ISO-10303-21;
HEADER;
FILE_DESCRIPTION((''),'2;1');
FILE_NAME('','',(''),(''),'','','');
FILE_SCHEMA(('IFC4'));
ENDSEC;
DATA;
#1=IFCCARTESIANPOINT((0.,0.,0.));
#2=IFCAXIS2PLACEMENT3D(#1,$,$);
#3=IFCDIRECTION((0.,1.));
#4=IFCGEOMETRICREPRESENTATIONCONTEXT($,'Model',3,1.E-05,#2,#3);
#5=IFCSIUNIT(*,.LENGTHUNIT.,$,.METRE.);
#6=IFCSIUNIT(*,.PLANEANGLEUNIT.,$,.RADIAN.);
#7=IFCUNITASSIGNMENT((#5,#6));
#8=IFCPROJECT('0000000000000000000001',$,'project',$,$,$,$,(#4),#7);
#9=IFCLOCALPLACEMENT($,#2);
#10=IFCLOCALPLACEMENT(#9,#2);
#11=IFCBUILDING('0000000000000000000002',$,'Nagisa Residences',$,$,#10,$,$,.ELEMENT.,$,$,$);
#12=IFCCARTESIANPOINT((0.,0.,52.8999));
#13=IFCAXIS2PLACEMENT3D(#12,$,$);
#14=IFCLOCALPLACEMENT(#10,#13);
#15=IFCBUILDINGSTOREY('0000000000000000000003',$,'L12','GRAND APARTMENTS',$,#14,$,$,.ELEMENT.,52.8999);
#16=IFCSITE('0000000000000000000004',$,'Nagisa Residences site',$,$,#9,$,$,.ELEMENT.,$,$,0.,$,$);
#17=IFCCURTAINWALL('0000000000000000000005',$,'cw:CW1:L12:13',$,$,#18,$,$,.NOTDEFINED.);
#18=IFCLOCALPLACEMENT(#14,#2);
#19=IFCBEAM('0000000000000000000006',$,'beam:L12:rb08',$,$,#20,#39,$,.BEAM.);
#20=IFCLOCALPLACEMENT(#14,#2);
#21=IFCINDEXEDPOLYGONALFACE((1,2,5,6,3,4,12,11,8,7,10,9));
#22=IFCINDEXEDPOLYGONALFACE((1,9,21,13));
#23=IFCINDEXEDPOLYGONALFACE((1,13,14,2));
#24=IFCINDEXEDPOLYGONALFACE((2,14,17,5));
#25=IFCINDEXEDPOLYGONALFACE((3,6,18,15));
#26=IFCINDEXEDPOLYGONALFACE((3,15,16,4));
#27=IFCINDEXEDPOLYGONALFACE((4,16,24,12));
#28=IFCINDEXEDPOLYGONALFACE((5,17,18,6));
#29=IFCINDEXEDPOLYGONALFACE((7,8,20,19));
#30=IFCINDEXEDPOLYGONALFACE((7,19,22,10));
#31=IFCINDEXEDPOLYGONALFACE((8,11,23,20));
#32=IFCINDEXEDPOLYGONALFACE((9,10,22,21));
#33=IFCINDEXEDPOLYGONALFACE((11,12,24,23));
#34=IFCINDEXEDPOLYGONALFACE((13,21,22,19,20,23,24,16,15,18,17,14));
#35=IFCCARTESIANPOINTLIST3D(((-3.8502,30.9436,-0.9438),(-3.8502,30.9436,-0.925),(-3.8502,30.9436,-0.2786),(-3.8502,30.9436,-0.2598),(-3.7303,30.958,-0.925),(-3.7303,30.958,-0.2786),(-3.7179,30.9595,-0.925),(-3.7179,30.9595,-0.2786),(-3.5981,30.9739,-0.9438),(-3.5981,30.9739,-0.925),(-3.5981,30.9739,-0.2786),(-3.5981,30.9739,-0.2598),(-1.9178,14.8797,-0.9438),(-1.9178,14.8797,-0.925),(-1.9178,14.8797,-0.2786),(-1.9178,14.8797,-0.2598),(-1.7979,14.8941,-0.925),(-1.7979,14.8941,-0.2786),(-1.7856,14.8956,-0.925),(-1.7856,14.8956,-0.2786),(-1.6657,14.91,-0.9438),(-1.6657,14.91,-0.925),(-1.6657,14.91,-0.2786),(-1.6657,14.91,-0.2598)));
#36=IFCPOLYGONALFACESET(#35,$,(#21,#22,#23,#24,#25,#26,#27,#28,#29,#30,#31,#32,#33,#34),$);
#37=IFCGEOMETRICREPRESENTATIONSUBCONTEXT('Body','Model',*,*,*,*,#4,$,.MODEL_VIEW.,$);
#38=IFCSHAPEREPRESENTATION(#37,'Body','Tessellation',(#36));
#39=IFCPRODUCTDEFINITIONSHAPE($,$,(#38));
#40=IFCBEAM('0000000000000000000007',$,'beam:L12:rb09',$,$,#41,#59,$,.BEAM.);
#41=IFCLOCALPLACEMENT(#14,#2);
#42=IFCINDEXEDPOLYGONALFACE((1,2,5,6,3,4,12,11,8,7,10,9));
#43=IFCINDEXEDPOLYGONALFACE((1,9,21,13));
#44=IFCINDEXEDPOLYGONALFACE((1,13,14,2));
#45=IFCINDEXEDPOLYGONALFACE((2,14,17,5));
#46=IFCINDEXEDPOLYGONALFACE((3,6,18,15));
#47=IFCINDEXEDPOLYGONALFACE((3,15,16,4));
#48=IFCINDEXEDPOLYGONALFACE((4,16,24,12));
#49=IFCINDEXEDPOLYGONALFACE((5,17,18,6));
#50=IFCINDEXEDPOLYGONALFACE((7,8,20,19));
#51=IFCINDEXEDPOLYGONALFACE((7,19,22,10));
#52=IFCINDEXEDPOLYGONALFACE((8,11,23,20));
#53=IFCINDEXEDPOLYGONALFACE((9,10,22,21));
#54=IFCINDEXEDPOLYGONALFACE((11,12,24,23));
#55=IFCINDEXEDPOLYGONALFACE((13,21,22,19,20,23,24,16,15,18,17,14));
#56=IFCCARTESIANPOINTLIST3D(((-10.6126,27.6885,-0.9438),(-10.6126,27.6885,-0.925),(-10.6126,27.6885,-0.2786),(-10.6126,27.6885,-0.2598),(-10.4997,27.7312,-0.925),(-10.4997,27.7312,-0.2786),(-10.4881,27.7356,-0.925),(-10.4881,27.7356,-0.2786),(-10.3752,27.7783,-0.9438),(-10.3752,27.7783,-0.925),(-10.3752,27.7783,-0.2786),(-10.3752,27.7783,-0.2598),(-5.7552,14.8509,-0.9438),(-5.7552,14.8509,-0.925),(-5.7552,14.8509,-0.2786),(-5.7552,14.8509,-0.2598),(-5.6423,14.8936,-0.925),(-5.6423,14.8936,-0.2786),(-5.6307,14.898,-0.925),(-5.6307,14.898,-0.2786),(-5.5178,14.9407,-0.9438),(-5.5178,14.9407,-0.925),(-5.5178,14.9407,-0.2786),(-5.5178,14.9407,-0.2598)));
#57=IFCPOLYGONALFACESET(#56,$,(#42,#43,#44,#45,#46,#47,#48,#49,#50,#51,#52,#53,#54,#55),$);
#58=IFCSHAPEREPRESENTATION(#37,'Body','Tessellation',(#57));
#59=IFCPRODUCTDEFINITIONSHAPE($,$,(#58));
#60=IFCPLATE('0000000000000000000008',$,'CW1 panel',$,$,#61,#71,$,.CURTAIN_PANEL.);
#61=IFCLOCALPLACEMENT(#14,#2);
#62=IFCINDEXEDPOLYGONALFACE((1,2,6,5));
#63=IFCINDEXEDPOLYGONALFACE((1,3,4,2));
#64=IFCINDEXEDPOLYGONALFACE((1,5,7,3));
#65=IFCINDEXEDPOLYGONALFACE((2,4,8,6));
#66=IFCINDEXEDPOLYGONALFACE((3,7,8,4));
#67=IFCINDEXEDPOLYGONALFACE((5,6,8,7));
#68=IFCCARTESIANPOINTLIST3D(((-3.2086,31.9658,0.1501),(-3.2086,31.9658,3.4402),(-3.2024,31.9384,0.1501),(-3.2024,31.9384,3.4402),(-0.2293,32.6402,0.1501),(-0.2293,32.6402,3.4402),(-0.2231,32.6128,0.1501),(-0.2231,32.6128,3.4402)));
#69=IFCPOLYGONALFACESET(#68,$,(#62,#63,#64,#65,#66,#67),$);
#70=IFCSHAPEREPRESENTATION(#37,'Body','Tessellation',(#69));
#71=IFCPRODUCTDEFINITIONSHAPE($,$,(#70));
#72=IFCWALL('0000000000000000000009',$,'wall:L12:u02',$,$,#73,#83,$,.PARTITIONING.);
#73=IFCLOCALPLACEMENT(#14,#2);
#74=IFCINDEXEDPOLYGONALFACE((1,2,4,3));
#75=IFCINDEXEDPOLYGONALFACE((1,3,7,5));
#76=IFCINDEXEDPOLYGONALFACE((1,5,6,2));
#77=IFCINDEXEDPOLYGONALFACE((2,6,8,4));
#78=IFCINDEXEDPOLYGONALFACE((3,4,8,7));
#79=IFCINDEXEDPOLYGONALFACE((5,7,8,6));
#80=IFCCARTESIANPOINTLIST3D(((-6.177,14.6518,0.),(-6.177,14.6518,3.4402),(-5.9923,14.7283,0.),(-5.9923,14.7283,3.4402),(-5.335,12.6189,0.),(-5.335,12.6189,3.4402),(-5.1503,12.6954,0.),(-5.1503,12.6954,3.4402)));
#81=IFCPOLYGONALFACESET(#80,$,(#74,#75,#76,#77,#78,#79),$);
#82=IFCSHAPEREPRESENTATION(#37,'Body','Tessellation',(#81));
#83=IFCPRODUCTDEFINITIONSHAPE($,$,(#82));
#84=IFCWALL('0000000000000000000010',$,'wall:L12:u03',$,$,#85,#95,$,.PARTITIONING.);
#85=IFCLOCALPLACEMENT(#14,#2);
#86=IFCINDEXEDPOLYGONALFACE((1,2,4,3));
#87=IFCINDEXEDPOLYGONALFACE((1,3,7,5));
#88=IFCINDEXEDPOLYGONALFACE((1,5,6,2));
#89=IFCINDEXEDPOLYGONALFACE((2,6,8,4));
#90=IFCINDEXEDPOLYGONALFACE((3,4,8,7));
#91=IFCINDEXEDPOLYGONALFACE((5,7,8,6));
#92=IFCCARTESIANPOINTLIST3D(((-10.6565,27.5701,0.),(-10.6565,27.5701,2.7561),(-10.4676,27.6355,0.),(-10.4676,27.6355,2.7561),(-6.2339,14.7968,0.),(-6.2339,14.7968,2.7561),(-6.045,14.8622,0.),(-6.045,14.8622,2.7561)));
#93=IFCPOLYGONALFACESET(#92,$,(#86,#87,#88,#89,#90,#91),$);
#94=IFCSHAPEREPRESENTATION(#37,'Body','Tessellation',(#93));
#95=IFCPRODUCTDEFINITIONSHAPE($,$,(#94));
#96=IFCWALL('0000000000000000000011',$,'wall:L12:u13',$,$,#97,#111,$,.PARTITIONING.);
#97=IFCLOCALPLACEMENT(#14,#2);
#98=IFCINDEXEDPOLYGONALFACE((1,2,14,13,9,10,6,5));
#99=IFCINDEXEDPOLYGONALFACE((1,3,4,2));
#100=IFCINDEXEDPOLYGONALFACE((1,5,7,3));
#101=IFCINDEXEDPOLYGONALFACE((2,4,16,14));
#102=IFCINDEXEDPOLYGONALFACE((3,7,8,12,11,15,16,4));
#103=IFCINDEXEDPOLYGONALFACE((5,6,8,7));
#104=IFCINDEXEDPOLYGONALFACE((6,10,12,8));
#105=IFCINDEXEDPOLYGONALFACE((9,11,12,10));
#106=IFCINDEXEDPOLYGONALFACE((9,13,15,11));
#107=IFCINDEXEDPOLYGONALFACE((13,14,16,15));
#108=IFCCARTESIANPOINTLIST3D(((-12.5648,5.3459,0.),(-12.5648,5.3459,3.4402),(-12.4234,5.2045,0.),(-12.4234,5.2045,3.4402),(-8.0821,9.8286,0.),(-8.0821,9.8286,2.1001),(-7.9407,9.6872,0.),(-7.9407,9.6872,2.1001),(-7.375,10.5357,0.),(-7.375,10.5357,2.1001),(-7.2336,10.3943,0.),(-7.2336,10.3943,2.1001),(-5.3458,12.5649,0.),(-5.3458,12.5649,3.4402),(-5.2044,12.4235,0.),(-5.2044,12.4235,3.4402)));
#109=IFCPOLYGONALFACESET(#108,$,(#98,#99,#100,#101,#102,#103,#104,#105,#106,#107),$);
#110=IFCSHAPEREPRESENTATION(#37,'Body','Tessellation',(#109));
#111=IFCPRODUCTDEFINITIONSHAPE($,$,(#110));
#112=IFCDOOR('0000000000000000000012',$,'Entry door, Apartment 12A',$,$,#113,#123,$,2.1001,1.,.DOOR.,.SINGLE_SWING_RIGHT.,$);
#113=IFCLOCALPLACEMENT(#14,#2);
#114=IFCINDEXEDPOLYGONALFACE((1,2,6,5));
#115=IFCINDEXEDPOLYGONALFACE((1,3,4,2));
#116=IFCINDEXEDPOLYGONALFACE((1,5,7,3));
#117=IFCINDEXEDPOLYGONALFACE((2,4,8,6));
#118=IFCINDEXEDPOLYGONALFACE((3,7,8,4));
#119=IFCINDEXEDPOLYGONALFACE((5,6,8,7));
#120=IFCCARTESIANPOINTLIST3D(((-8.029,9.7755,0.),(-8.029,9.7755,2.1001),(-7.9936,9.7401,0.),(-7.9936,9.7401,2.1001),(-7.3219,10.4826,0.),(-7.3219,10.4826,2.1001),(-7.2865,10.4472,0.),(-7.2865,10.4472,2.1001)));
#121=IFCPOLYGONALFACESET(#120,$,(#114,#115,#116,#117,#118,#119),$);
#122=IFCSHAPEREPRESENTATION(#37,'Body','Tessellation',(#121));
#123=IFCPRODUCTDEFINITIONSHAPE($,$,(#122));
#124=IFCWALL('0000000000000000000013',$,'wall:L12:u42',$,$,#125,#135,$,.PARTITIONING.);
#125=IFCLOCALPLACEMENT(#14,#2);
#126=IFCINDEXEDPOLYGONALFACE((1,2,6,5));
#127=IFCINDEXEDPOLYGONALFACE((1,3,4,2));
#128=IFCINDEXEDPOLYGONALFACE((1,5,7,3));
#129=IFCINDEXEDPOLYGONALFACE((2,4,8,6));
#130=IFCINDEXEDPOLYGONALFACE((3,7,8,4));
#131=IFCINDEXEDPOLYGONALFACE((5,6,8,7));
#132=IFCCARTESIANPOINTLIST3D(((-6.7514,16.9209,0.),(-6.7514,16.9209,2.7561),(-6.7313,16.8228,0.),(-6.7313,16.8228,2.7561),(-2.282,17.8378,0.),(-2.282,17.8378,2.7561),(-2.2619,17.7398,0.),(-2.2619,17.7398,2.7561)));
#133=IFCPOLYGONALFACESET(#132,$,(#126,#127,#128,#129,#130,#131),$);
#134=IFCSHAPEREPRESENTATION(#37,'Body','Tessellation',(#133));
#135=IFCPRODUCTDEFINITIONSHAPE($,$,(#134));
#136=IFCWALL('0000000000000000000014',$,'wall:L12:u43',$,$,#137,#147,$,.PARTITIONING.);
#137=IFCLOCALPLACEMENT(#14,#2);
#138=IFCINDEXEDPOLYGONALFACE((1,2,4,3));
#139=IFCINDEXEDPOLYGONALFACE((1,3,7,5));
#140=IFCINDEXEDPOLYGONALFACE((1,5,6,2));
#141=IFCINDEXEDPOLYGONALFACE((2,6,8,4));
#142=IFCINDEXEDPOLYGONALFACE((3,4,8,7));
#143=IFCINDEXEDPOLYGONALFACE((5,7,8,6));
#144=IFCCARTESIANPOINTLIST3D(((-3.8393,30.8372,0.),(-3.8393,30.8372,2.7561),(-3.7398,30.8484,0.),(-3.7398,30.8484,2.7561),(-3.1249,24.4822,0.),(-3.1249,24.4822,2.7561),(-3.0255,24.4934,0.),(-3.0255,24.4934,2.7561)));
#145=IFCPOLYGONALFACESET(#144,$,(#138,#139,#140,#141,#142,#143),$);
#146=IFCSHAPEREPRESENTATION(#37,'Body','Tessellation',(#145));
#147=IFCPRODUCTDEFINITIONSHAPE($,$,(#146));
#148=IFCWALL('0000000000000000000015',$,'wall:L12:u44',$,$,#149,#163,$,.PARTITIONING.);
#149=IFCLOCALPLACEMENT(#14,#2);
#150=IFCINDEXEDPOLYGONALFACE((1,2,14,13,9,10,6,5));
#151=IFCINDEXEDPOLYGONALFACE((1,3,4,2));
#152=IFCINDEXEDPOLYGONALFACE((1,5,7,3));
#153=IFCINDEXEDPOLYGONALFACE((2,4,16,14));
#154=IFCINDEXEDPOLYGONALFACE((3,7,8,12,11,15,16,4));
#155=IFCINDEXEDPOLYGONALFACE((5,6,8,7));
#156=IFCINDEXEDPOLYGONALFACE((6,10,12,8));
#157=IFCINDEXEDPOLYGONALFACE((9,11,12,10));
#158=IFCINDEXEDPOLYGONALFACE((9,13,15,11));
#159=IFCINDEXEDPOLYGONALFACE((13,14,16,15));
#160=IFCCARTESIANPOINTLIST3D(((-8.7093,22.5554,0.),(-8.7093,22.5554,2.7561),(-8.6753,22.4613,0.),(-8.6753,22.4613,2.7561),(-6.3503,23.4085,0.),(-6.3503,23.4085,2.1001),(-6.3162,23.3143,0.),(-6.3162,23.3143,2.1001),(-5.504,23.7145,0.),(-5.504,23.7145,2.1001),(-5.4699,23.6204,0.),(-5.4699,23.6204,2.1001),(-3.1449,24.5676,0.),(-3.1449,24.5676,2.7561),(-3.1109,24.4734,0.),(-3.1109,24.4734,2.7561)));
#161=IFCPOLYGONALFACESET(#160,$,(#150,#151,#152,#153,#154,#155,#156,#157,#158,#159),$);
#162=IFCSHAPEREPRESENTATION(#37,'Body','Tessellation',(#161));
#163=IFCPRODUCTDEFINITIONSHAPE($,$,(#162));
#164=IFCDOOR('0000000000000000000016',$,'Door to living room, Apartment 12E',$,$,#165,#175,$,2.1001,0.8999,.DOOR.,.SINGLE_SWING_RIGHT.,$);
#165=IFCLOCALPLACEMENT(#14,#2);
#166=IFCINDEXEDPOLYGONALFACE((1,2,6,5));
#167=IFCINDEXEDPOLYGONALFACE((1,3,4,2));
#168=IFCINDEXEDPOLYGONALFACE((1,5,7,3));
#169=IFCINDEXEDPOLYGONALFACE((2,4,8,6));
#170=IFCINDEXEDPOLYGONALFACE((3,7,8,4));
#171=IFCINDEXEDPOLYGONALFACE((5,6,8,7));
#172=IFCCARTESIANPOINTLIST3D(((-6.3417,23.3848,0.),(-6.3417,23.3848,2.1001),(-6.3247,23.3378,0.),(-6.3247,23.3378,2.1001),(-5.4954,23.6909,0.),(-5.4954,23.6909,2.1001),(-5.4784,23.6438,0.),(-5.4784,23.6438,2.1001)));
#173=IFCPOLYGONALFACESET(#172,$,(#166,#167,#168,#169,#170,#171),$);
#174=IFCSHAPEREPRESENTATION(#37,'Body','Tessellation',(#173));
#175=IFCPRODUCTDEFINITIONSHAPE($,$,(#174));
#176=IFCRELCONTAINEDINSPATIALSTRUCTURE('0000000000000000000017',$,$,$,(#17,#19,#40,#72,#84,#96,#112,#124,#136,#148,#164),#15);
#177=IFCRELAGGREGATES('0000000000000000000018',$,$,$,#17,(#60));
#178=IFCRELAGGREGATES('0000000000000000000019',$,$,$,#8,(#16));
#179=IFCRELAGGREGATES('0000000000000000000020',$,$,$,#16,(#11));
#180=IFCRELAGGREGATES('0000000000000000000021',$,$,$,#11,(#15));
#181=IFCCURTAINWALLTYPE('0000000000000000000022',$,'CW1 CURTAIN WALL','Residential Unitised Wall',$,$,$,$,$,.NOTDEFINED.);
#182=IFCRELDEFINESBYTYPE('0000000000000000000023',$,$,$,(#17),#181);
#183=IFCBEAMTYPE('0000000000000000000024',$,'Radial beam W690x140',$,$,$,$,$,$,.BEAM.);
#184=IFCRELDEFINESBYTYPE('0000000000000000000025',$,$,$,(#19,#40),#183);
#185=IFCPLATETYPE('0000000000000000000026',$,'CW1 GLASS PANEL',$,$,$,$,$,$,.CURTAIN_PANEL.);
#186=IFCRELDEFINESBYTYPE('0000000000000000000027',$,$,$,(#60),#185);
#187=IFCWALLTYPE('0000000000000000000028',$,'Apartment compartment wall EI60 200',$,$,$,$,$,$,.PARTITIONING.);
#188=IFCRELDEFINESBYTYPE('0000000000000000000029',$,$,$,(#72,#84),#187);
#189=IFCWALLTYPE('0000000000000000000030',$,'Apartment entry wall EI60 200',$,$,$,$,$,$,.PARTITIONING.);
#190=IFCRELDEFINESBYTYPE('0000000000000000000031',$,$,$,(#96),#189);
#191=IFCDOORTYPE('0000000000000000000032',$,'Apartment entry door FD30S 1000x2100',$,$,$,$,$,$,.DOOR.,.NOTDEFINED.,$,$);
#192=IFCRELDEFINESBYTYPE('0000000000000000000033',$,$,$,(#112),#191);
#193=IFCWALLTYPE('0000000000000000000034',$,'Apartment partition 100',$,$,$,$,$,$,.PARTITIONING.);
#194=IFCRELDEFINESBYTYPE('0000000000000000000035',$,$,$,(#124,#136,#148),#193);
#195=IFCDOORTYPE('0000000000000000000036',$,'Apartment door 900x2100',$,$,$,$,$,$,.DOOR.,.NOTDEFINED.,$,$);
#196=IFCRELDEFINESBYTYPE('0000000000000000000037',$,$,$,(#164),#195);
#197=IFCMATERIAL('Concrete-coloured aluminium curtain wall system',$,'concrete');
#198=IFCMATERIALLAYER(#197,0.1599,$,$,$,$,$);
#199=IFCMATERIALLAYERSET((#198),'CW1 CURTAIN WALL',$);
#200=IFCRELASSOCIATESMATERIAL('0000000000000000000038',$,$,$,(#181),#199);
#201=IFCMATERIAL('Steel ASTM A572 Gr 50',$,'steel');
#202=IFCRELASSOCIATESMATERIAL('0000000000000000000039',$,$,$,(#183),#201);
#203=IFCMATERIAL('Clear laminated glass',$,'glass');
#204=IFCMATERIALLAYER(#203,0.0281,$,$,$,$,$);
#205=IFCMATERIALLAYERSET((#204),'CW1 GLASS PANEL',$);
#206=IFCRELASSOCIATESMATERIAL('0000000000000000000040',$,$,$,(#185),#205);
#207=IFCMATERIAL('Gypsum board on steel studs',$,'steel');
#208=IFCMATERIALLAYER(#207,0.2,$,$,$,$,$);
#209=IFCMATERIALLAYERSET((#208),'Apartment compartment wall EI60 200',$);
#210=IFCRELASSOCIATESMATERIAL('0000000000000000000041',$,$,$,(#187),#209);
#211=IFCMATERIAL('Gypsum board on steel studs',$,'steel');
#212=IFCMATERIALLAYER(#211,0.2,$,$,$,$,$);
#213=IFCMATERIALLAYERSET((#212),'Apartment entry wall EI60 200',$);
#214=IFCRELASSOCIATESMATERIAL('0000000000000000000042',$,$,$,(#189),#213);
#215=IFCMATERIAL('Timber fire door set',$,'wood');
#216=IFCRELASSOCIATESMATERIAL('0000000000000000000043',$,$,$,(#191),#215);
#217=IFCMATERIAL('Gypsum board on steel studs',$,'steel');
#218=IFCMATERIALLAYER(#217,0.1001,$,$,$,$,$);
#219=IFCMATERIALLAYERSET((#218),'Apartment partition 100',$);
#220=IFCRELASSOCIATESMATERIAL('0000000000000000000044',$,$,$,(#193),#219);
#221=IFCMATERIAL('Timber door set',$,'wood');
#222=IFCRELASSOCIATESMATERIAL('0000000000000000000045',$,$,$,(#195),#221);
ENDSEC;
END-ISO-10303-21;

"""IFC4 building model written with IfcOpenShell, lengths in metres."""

from ifc_helpers import new_model, si_unit, direction, frame, frame_2d, origin, origin_2d, place, context, subcontext, project, spatial, rectangle, i_section, extrude, material, layer, layer_set, material_profile, profile_set, type_object, element, fill, aggregate, save


model = new_model("IFC4")

# Units and contexts
model_context = context("Model", 3, precision=1e-05, world=origin(), true_north=direction((0.0, 1.0)))
body_context = subcontext(model_context, "Body", "Model", "MODEL_VIEW")
ifc_project = project(units=[si_unit("LENGTHUNIT", "METRE"), si_unit("PLANEANGLEUNIT", "RADIAN")], contexts=[model_context])

# Site, building, storey
site_placement = place(None, origin())
site = spatial("IfcSite", under=ifc_project, at=site_placement, Name="Nagisa Residences site", CompositionType="ELEMENT", RefElevation=0.0)
building_placement = place(site_placement, origin())
building = spatial("IfcBuilding", under=site, at=building_placement, Name="Nagisa Residences", CompositionType="ELEMENT")
storey_placement = place(building_placement, frame((0.0, 0.0, 52.8999)))
storey = spatial("IfcBuildingStorey", under=building, at=storey_placement, Name="L12", Description="GRAND APARTMENTS", CompositionType="ELEMENT", Elevation=52.8999)

# Curtain wall
ifc_material_1 = material(Name="Concrete-coloured aluminium curtain wall system", Category="concrete")
ifc_layer_1 = layer(ifc_material_1, 0.1599)
ifc_layer_set_1 = layer_set([ifc_layer_1], Name="CW1 CURTAIN WALL")
curtain_wall_type = type_object("IfcCurtainWallType", Name="CW1 CURTAIN WALL", Description="Residential Unitised Wall", PredefinedType="NOTDEFINED", material=ifc_layer_set_1)
curtain_wall_1_placement = place(storey_placement, origin())
curtain_wall_1 = element("IfcCurtainWall", 1, at=curtain_wall_1_placement, inside=storey, type_object=curtain_wall_type, Name="cw:CW1:L12:13", PredefinedType="NOTDEFINED")

# Beams
ifc_material_2 = material(Name="Steel ASTM A572 Gr 50", Category="steel")
ifc_material_profile_1 = material_profile(ifc_material_2, i_section(OverallWidth=0.2539, OverallDepth=0.6841, WebThickness=0.0125, FlangeThickness=0.0188, at=origin_2d()), Name="W690x140")
ifc_profile_set_1 = profile_set([ifc_material_profile_1], Name="Steel ASTM A572 Gr 50")
beam_type_1 = type_object("IfcBeamType", Name="Radial beam W690x140", PredefinedType="BEAM", material=ifc_profile_set_1)
beam_1_placement = place(storey_placement, frame((-3.7241, 30.9587, -0.6018), z_axis=(0.119431, -0.992842, 0.0), x_axis=(0.992842, 0.119431, 0.0)))
element("IfcBeam", 2, at=beam_1_placement, inside=storey, type_object=beam_type_1, Name="beam:L12:rb08", PredefinedType="BEAM", context=body_context, shape_type="SweptSolid", body=[
    extrude(i_section(OverallWidth=0.2539, OverallDepth=0.6841, WebThickness=0.0125, FlangeThickness=0.0188, at=origin_2d()), origin(), (0.0, 0.0, 1.0), 16.1797),
])
beam_2_placement = place(storey_placement, frame((-10.4939, 27.7334, -0.6018), z_axis=(0.353888, -0.935288, 0.0), x_axis=(0.935288, 0.353888, 0.0)))
element("IfcBeam", 3, at=beam_2_placement, inside=storey, type_object=beam_type_1, Name="beam:L12:rb09", PredefinedType="BEAM", context=body_context, shape_type="SweptSolid", body=[
    extrude(i_section(OverallWidth=0.2539, OverallDepth=0.6841, WebThickness=0.0125, FlangeThickness=0.0188, at=origin_2d()), origin(), (0.0, 0.0, 1.0), 13.7258),
])

# Plate
ifc_material_3 = material(Name="Clear laminated glass", Category="glass")
ifc_layer_2 = layer(ifc_material_3, 0.0281)
ifc_layer_set_2 = layer_set([ifc_layer_2], Name="CW1 GLASS PANEL")
plate_type = type_object("IfcPlateType", Name="CW1 GLASS PANEL", PredefinedType="CURTAIN_PANEL", material=ifc_layer_set_2)
plate_placement = place(storey_placement, frame((-1.7158, 32.2893, 0.1501), z_axis=(0.0, 0.0, 1.0), x_axis=(-0.975327, -0.220764, 0.0)))
plate = element("IfcPlate", 4, at=plate_placement, type_object=plate_type, Name="CW1 panel", PredefinedType="CURTAIN_PANEL", context=body_context, shape_type="SweptSolid", body=[
    extrude(rectangle(XDim=3.0547, YDim=0.0281, at=origin_2d()), origin(), (0.0, 0.0, 1.0), 3.29),
])
aggregate(curtain_wall_1, [plate])

# Walls
ifc_material_4 = material(Name="Gypsum board on steel studs", Category="steel")
ifc_layer_3 = layer(ifc_material_4, 0.2)
ifc_layer_set_3 = layer_set([ifc_layer_3], Name="Apartment compartment wall EI60 200")
wall_type_1 = type_object("IfcWallType", Name="Apartment compartment wall EI60 200", PredefinedType="PARTITIONING", material=ifc_layer_set_3)
wall_1_placement = place(storey_placement, frame((-5.2427, 12.6572, 0.0), z_axis=(0.0, 0.0, 1.0), x_axis=(-0.382669, 0.923886, 0.0)))
element("IfcWall", 5, at=wall_1_placement, inside=storey, type_object=wall_type_1, Name="wall:L12:u02", PredefinedType="PARTITIONING", context=body_context, shape_type="SweptSolid", body=[
    extrude(rectangle(XDim=2.2004, YDim=0.2, at=frame_2d((1.1001, 0.0))), origin(), (0.0, 0.0, 1.0), 3.4402),
])
wall_2_placement = place(storey_placement, frame((-6.1394, 14.8293, 0.0), z_axis=(0.0, 0.0, 1.0), x_axis=(-0.327179, 0.944962, 0.0)))
element("IfcWall", 6, at=wall_2_placement, inside=storey, type_object=wall_type_1, Name="wall:L12:u03", PredefinedType="PARTITIONING", context=body_context, shape_type="SweptSolid", body=[
    extrude(rectangle(XDim=13.5173, YDim=0.2, at=frame_2d((6.7588, 0.0))), origin(), (0.0, 0.0, 1.0), 2.7561),
])

# Wall, opening, door
ifc_material_5 = material(Name="Gypsum board on steel studs", Category="steel")
ifc_layer_4 = layer(ifc_material_5, 0.2)
ifc_layer_set_4 = layer_set([ifc_layer_4], Name="Apartment entry wall EI60 200")
wall_type_2 = type_object("IfcWallType", Name="Apartment entry wall EI60 200", PredefinedType="PARTITIONING", material=ifc_layer_set_4)
wall_3_placement = place(storey_placement, frame((-5.2751, 12.4941, 0.0), z_axis=(0.0, 0.0, 1.0), x_axis=(-0.707107, -0.707107, 0.0)))
wall_3 = element("IfcWall", 7, at=wall_3_placement, inside=storey, type_object=wall_type_2, Name="wall:L12:u13", PredefinedType="PARTITIONING", context=body_context, shape_type="SweptSolid", body=[
    extrude(rectangle(XDim=10.2092, YDim=0.2, at=frame_2d((5.1045, 0.0))), origin(), (0.0, 0.0, 1.0), 3.4402),
])
opening_1_placement = place(wall_3_placement, frame((2.8696, 0.0, 0.0)))
opening_1 = element("IfcOpeningElement", 8, at=opening_1_placement, cuts=wall_3, PredefinedType="OPENING", context=body_context, shape_type="SweptSolid", body=[
    extrude(rectangle(XDim=1.0, YDim=2.1001, at=frame_2d((0.5, 1.05))), frame((0.0, 0.1099, 0.0), z_axis=(0.0, -1.0, 0.0), x_axis=(1.0, 0.0, 0.0)), (0.0, 0.0, 1.0), 0.22),
])
ifc_material_6 = material(Name="Timber fire door set", Category="wood")
door_type_1 = type_object("IfcDoorType", Name="Apartment entry door FD30S 1000x2100", OperationType="NOTDEFINED", PredefinedType="DOOR", material=ifc_material_6)
door_1_placement = place(opening_1_placement, frame((1.0, 0.0, 0.0), x_axis=(-1.0, 0.0, 0.0)))
door_1 = element("IfcDoor", 9, at=door_1_placement, inside=storey, type_object=door_type_1, Name="Entry door, Apartment 12A", OperationType="SINGLE_SWING_RIGHT", OverallHeight=2.1001, OverallWidth=1.0, PredefinedType="DOOR", context=body_context, shape_type="SweptSolid", body=[
    extrude(rectangle(XDim=1.0, YDim=2.1001, at=frame_2d((0.5, 1.05))), frame((0.0, 0.0249, 0.0), z_axis=(0.0, -1.0, 0.0), x_axis=(1.0, 0.0, 0.0)), (0.0, 0.0, 1.0), 0.05),
])
fill(opening_1, door_1)

# Walls
ifc_material_7 = material(Name="Gypsum board on steel studs", Category="steel")
ifc_layer_5 = layer(ifc_material_7, 0.1001)
ifc_layer_set_5 = layer_set([ifc_layer_5], Name="Apartment partition 100")
wall_type_3 = type_object("IfcWallType", Name="Apartment partition 100", PredefinedType="PARTITIONING", material=ifc_layer_set_5)
wall_4_placement = place(storey_placement, frame((-2.272, 17.7888, 0.0), z_axis=(0.0, 0.0, 1.0), x_axis=(-0.979595, -0.200981, 0.0)))
element("IfcWall", 10, at=wall_4_placement, inside=storey, type_object=wall_type_3, Name="wall:L12:u42", PredefinedType="PARTITIONING", context=body_context, shape_type="SweptSolid", body=[
    extrude(rectangle(XDim=4.5625, YDim=0.1001, at=frame_2d((2.2812, 0.0))), origin(), (0.0, 0.0, 1.0), 2.7561),
])
wall_5_placement = place(storey_placement, frame((-3.0752, 24.4878, 0.0), z_axis=(0.0, 0.0, 1.0), x_axis=(-0.111705, 0.993741, 0.0)))
element("IfcWall", 11, at=wall_5_placement, inside=storey, type_object=wall_type_3, Name="wall:L12:u43", PredefinedType="PARTITIONING", context=body_context, shape_type="SweptSolid", body=[
    extrude(rectangle(XDim=6.395, YDim=0.1001, at=frame_2d((3.1975, 0.0))), origin(), (0.0, 0.0, 1.0), 2.7561),
])

# Wall, opening, door
wall_6_placement = place(storey_placement, frame((-3.1279, 24.5205, 0.0), z_axis=(0.0, 0.0, 1.0), x_axis=(-0.940401, -0.340066, 0.0)))
wall_6 = element("IfcWall", 12, at=wall_6_placement, inside=storey, type_object=wall_type_3, Name="wall:L12:u44", PredefinedType="PARTITIONING", context=body_context, shape_type="SweptSolid", body=[
    extrude(rectangle(XDim=5.917, YDim=0.1001, at=frame_2d((2.9585, 0.0))), origin(), (0.0, 0.0, 1.0), 2.7561),
])
opening_2_placement = place(wall_6_placement, frame((2.5085, 0.0, 0.0)))
opening_2 = element("IfcOpeningElement", 13, at=opening_2_placement, cuts=wall_6, PredefinedType="OPENING", context=body_context, shape_type="SweptSolid", body=[
    extrude(rectangle(XDim=0.8999, YDim=2.1001, at=frame_2d((0.45, 1.05))), frame((0.0, 0.0601, 0.0), z_axis=(0.0, -1.0, 0.0), x_axis=(1.0, 0.0, 0.0)), (0.0, 0.0, 1.0), 0.1201),
])
ifc_material_8 = material(Name="Timber door set", Category="wood")
door_type_2 = type_object("IfcDoorType", Name="Apartment door 900x2100", OperationType="NOTDEFINED", PredefinedType="DOOR", material=ifc_material_8)
door_2_placement = place(opening_2_placement, frame((0.8999, 0.0, 0.0), x_axis=(-1.0, 0.0, 0.0)))
door_2 = element("IfcDoor", 14, at=door_2_placement, inside=storey, type_object=door_type_2, Name="Door to living room, Apartment 12E", OperationType="SINGLE_SWING_RIGHT", OverallHeight=2.1001, OverallWidth=0.8999, PredefinedType="DOOR", context=body_context, shape_type="SweptSolid", body=[
    extrude(rectangle(XDim=0.8999, YDim=2.1001, at=frame_2d((0.45, 1.05))), frame((0.0, 0.0249, 0.0), z_axis=(0.0, -1.0, 0.0), x_axis=(1.0, 0.0, 0.0)), (0.0, 0.0, 1.0), 0.05),
])
fill(opening_2, door_2)

save(model, "model.ifc")
